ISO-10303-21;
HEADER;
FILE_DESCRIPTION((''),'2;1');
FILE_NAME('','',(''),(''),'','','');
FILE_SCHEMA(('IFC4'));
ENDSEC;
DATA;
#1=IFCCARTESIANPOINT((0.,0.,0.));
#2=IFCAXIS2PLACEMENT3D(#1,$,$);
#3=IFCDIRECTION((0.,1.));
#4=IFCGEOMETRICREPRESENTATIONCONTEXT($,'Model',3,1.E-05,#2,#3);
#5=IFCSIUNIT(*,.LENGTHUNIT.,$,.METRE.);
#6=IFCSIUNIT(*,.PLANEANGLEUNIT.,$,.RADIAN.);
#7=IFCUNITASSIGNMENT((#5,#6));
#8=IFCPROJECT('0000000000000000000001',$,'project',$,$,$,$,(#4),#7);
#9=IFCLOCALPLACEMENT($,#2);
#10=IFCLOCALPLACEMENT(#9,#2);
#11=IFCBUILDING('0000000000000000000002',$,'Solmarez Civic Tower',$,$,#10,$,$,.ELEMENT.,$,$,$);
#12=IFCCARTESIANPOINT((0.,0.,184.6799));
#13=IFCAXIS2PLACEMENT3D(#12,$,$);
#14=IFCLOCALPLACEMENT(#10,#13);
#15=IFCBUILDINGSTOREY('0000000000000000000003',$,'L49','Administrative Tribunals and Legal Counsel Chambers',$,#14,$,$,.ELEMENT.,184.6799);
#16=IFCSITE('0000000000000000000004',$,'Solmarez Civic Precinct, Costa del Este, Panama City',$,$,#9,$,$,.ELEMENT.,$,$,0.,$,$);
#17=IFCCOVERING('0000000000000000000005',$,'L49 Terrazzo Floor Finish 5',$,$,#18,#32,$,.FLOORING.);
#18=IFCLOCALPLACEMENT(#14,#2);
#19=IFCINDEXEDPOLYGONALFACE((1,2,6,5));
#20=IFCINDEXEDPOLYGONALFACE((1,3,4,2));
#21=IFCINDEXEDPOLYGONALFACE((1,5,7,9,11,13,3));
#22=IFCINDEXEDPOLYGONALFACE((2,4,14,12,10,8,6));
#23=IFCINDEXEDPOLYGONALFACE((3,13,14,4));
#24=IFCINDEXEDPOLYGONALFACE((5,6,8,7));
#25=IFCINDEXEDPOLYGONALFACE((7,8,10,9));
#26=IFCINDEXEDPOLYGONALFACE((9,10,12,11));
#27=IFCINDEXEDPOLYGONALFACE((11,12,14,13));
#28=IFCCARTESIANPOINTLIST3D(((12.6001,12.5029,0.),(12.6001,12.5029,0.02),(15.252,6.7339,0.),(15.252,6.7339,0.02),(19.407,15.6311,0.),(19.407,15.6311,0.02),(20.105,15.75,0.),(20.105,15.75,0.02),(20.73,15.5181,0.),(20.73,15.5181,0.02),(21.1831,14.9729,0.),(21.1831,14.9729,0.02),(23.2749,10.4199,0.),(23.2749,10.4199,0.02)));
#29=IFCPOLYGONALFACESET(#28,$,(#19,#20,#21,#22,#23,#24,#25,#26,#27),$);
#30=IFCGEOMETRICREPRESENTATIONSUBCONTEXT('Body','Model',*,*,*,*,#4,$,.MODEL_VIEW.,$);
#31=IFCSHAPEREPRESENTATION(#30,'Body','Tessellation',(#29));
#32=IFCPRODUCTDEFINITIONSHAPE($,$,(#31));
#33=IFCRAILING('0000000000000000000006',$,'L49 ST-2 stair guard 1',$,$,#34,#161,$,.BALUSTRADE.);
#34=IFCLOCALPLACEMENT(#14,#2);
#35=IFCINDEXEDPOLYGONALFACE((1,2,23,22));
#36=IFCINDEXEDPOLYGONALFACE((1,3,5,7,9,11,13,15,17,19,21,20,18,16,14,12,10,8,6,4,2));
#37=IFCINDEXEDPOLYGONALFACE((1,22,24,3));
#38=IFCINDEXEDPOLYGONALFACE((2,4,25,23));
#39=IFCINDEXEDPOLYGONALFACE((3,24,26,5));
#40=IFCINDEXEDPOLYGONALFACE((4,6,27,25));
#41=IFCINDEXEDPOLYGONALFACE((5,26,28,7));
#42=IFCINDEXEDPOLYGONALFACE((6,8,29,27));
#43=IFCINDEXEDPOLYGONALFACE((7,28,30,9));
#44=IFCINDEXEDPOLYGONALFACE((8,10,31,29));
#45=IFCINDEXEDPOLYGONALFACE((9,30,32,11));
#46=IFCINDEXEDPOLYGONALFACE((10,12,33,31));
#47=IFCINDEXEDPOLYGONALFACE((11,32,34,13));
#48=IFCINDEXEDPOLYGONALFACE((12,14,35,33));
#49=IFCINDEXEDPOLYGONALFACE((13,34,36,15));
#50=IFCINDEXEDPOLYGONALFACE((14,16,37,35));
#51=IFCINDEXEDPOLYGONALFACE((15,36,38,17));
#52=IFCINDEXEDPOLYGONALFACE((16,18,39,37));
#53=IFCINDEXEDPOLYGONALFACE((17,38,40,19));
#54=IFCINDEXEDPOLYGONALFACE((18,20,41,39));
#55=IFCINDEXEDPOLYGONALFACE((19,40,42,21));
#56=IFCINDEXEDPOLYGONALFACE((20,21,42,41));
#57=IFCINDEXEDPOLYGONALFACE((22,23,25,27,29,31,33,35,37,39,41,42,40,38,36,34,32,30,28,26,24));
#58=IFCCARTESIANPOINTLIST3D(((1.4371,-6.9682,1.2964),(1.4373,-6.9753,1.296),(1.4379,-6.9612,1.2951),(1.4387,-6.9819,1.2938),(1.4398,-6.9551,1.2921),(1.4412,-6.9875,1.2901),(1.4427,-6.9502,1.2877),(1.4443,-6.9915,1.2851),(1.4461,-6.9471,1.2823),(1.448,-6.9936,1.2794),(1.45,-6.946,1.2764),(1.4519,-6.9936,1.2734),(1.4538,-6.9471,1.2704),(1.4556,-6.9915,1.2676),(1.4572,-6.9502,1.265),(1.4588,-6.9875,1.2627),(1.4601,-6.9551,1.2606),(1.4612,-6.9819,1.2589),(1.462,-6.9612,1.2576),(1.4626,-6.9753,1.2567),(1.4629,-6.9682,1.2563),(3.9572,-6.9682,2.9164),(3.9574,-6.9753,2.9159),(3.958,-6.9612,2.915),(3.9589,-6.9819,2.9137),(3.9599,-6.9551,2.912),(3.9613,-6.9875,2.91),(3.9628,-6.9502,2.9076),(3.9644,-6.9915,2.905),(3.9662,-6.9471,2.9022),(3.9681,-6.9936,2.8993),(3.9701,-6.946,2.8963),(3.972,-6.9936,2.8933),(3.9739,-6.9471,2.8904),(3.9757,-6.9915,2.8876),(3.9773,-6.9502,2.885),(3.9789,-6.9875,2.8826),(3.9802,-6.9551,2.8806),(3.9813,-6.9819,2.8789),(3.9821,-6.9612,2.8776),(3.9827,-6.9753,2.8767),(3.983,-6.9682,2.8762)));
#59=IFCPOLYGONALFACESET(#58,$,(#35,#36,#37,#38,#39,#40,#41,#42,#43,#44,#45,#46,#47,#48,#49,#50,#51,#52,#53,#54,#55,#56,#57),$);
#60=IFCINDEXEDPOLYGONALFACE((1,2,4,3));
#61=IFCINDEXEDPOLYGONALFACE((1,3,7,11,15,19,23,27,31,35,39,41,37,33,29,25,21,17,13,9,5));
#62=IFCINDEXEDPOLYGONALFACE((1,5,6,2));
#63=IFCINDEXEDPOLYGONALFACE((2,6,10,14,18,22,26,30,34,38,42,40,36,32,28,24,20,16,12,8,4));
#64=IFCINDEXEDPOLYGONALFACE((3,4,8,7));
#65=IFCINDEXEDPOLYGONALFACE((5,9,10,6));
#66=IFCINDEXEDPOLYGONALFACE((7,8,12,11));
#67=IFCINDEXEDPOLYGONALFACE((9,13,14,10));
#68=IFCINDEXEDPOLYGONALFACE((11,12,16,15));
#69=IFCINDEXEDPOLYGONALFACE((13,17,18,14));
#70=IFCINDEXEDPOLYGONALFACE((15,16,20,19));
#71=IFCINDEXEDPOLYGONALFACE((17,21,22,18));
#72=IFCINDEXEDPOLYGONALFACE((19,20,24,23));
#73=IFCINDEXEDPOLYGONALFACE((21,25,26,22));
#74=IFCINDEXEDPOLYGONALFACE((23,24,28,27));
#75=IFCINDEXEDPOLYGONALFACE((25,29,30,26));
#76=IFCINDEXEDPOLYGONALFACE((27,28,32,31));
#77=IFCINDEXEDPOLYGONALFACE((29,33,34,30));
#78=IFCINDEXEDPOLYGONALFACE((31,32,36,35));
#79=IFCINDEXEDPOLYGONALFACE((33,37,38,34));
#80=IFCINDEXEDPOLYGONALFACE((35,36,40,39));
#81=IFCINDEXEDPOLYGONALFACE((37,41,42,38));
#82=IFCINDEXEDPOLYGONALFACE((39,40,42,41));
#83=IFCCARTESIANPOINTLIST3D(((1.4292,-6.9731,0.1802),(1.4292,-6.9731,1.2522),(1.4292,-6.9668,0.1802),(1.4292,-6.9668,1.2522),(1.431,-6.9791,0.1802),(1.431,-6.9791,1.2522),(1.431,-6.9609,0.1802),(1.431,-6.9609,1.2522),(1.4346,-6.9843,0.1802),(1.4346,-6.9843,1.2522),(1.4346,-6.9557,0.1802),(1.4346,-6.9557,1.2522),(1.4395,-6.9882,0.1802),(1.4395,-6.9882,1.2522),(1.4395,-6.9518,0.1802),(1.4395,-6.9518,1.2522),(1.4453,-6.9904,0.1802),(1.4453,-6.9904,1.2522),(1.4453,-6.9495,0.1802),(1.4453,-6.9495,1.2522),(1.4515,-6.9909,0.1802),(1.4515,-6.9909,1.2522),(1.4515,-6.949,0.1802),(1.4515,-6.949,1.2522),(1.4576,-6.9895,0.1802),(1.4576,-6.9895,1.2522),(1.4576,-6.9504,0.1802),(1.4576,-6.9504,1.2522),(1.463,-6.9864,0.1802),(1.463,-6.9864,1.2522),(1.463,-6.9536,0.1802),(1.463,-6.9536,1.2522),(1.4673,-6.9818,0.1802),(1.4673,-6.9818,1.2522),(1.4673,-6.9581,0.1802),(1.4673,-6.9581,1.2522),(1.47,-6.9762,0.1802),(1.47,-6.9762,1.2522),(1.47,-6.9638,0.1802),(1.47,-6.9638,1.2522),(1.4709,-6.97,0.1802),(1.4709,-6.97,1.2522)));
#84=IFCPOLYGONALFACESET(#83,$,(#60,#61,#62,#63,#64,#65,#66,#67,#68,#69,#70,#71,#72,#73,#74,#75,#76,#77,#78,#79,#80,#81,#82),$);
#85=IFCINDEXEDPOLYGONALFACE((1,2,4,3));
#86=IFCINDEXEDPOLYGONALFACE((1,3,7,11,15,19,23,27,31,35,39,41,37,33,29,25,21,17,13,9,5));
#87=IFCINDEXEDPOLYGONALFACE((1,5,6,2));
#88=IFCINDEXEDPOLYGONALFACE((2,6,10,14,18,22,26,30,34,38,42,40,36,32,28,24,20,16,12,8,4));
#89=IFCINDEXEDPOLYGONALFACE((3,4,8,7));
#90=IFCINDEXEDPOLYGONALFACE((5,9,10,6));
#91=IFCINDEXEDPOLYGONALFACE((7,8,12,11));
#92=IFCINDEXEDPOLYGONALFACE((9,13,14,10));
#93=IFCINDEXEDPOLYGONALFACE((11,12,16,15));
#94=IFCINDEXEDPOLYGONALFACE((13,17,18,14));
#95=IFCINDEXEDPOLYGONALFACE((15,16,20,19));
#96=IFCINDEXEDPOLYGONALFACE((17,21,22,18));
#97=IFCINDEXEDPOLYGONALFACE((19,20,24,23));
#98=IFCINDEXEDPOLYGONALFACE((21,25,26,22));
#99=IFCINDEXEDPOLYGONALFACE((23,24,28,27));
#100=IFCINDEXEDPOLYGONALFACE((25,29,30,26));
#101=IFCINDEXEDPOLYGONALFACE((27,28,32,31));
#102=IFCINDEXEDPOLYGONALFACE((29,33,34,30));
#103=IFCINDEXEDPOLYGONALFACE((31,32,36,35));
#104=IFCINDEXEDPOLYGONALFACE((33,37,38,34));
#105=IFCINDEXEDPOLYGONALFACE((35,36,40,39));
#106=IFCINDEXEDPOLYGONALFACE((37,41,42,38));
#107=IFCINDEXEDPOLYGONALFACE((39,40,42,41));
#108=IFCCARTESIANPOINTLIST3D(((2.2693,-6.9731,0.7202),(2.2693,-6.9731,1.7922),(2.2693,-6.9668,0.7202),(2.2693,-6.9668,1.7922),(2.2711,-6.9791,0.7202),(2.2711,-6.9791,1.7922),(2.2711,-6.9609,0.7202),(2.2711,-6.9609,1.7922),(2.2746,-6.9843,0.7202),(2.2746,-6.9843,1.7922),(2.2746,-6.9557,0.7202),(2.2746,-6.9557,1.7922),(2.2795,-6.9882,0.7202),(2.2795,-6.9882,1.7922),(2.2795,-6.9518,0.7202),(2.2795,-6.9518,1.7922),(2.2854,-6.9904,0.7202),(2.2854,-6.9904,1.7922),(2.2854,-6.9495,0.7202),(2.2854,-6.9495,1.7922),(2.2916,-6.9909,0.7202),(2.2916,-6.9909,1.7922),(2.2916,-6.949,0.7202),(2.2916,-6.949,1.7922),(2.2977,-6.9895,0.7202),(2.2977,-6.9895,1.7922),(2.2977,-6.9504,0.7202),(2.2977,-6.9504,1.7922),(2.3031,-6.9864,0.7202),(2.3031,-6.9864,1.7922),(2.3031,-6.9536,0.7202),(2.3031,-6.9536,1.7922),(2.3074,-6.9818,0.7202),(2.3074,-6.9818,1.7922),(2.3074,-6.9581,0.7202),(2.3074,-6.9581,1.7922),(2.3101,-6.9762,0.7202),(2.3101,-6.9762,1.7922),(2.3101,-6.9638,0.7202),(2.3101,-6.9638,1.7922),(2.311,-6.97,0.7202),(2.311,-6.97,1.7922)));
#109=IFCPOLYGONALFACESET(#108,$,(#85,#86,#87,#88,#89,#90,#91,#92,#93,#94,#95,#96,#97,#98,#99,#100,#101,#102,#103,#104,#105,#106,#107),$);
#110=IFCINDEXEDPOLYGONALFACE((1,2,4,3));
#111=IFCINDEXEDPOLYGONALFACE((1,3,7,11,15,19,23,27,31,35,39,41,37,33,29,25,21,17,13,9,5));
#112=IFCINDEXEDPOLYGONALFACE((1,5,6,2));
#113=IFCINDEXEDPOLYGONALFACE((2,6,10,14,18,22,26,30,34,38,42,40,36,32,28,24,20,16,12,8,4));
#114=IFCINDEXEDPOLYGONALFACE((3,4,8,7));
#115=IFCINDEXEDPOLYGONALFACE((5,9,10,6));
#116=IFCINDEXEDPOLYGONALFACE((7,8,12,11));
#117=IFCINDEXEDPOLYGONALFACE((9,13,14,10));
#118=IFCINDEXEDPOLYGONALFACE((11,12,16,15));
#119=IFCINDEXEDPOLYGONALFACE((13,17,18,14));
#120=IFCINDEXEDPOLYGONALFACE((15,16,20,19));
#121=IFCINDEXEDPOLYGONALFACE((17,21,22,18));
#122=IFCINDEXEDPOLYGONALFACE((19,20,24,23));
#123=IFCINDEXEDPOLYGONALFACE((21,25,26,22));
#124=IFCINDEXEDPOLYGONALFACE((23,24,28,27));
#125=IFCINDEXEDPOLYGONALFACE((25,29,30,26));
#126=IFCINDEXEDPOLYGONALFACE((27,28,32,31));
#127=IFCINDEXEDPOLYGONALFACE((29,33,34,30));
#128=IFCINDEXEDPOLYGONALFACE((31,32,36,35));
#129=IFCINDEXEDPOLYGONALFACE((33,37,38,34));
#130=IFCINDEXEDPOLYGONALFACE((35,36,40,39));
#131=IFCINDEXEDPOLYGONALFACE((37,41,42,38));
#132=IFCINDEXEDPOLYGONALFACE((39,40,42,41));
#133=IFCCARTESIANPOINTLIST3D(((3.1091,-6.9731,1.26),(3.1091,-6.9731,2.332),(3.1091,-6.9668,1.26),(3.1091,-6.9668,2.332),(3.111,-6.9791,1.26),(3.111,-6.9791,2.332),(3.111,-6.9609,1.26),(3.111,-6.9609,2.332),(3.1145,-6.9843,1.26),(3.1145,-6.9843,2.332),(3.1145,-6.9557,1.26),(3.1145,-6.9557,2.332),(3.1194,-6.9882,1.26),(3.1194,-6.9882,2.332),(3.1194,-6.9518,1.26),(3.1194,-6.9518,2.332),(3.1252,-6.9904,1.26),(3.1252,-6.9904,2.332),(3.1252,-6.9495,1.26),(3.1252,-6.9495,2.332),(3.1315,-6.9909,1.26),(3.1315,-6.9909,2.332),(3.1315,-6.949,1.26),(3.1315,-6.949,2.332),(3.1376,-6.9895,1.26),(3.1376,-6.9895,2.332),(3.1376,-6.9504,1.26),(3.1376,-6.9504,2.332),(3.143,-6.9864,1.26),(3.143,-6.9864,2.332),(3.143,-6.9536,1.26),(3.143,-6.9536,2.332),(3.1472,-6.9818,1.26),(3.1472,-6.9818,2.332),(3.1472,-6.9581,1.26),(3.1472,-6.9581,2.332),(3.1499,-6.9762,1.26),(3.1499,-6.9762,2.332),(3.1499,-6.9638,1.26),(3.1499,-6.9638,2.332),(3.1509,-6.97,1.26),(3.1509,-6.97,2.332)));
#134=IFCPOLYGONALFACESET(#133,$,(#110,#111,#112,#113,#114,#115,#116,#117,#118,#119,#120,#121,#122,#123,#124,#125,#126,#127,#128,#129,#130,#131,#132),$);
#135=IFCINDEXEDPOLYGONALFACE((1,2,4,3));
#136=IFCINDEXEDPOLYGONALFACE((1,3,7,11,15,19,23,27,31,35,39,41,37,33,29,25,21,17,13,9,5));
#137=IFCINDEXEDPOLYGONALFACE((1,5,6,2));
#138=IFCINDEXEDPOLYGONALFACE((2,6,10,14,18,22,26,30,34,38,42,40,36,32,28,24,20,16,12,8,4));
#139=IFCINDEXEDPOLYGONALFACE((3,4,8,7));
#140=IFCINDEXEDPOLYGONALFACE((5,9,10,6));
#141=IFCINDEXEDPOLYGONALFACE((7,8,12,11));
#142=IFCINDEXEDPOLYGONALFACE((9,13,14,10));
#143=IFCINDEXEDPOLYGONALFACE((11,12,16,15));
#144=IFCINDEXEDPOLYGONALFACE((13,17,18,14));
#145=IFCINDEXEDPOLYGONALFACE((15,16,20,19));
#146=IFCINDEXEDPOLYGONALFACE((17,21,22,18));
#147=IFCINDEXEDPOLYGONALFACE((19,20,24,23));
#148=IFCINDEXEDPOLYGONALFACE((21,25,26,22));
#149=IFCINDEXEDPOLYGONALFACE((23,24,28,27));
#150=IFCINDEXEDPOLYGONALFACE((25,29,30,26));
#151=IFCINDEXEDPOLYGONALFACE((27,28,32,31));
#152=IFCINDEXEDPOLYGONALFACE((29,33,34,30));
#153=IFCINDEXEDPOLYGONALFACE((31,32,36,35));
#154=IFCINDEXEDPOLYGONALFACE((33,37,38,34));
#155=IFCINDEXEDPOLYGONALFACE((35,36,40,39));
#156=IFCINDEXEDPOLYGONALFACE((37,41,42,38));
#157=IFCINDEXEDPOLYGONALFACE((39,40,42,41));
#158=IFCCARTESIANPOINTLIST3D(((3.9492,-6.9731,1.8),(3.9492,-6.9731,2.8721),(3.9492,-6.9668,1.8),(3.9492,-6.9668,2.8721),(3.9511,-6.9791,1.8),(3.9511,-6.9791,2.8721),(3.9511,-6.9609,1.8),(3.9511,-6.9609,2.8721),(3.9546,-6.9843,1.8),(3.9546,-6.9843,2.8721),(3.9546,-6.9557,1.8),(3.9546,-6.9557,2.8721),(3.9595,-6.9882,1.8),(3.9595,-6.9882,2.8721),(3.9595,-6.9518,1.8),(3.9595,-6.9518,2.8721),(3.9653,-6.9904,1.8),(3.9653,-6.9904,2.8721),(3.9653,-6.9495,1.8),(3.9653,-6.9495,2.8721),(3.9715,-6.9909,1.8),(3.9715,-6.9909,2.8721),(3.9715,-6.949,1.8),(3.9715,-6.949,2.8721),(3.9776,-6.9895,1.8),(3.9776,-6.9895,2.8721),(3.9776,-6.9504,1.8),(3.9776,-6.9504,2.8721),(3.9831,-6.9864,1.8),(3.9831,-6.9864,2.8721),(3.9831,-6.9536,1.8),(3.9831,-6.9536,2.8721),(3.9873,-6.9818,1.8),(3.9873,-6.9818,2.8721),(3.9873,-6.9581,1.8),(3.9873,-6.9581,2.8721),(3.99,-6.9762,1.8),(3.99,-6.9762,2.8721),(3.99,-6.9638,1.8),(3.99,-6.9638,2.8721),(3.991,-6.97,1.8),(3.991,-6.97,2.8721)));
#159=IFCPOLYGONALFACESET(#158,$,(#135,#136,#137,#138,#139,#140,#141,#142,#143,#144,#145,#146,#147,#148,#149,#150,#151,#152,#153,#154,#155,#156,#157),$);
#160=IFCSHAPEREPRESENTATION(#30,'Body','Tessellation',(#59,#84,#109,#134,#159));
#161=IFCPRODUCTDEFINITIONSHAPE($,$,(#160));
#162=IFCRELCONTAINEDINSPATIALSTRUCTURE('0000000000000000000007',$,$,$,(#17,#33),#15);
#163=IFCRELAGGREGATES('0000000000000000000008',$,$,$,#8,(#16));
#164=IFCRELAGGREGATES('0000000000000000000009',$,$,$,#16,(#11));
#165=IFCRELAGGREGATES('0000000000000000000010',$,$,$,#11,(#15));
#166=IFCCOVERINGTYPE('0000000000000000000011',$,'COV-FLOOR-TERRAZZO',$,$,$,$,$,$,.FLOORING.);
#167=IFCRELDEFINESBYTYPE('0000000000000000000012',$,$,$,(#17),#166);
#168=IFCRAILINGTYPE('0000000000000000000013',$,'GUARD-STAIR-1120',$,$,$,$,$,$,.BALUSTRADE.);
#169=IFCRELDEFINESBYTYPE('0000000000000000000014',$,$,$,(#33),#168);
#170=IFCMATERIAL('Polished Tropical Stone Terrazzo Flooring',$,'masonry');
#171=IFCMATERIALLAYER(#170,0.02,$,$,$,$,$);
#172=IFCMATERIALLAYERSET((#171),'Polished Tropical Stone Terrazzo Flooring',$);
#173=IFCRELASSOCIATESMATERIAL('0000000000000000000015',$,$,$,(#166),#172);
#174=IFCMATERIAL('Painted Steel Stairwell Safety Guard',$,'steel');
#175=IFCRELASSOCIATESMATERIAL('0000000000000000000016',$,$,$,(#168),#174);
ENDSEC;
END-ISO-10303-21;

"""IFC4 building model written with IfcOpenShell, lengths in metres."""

from ifc_helpers import new_model, si_unit, direction, frame, origin, origin_2d, place, context, subcontext, project, spatial, polyline, circle, outline, extrude, material, layer, layer_set, type_object, element, save


model = new_model("IFC4")

# Units and contexts
model_context = context("Model", 3, precision=1e-05, world=origin(), true_north=direction((0.0, 1.0)))
body_context = subcontext(model_context, "Body", "Model", "MODEL_VIEW")
ifc_project = project(units=[si_unit("LENGTHUNIT", "METRE"), si_unit("PLANEANGLEUNIT", "RADIAN")], contexts=[model_context])

# Site, building, storey
site_placement = place(None, origin())
site = spatial("IfcSite", under=ifc_project, at=site_placement, Name="Solmarez Civic Precinct, Costa del Este, Panama City", CompositionType="ELEMENT", RefElevation=0.0)
building_placement = place(site_placement, origin())
building = spatial("IfcBuilding", under=site, at=building_placement, Name="Solmarez Civic Tower", CompositionType="ELEMENT")
storey_placement = place(building_placement, frame((0.0, 0.0, 184.6799)))
storey = spatial("IfcBuildingStorey", under=building, at=storey_placement, Name="L49", Description="Administrative Tribunals and Legal Counsel Chambers", CompositionType="ELEMENT", Elevation=184.6799)

# Covering
ifc_material_1 = material(Name="Polished Tropical Stone Terrazzo Flooring", Category="masonry")
ifc_layer_1 = layer(ifc_material_1, 0.02)
ifc_layer_set_1 = layer_set([ifc_layer_1], Name="Polished Tropical Stone Terrazzo Flooring")
covering_type_1 = type_object("IfcCoveringType", Name="COV-FLOOR-TERRAZZO", PredefinedType="FLOORING", material=ifc_layer_set_1)
covering_1_placement = place(storey_placement, origin())
element("IfcCovering", 1, at=covering_1_placement, inside=storey, type_object=covering_type_1, Name="L49 Terrazzo Floor Finish 5", PredefinedType="FLOORING", context=body_context, shape_type="SweptSolid", body=[
    extrude(outline(polyline([(23.2749, 10.4199), (21.1831, 14.9729), (20.73, 15.5181), (20.105, 15.75), (19.407, 15.6311), (12.6001, 12.5029), (15.252, 6.7339), (23.2749, 10.4199)])), origin(), (0.0, 0.0, 1.0), 0.02),
])

# Railing
ifc_material_2 = material(Name="Painted Steel Stairwell Safety Guard", Category="steel")
railing_type_1 = type_object("IfcRailingType", Name="GUARD-STAIR-1120", PredefinedType="BALUSTRADE", material=ifc_material_2)
railing_1_placement = place(storey_placement, frame((1.45, -6.97, 0.1802)))
element("IfcRailing", 2, at=railing_1_placement, inside=storey, type_object=railing_type_1, Name="L49 ST-2 stair guard 1", PredefinedType="BALUSTRADE", context=body_context, shape_type="SweptSolid", body=[
    extrude(circle(Radius=0.0239, at=origin_2d()), frame((0.0, 0.0, 1.0962), z_axis=(0.8412, 0.0, 0.540725), x_axis=(0.0, 1.0, 0.0)), (0.0, 0.0, 1.0), 2.9958),
    extrude(circle(Radius=0.021, at=origin_2d()), origin(), (0.0, 0.0, 1.0), 1.072),
    extrude(circle(Radius=0.021, at=origin_2d()), frame((0.8401, 0.0, 0.54)), (0.0, 0.0, 1.0), 1.072),
    extrude(circle(Radius=0.021, at=origin_2d()), frame((1.6799, 0.0, 1.0798)), (0.0, 0.0, 1.0), 1.072),
    extrude(circle(Radius=0.021, at=origin_2d()), frame((2.52, 0.0, 1.6199)), (0.0, 0.0, 1.0), 1.072),
])

save(model, "model.ifc")
